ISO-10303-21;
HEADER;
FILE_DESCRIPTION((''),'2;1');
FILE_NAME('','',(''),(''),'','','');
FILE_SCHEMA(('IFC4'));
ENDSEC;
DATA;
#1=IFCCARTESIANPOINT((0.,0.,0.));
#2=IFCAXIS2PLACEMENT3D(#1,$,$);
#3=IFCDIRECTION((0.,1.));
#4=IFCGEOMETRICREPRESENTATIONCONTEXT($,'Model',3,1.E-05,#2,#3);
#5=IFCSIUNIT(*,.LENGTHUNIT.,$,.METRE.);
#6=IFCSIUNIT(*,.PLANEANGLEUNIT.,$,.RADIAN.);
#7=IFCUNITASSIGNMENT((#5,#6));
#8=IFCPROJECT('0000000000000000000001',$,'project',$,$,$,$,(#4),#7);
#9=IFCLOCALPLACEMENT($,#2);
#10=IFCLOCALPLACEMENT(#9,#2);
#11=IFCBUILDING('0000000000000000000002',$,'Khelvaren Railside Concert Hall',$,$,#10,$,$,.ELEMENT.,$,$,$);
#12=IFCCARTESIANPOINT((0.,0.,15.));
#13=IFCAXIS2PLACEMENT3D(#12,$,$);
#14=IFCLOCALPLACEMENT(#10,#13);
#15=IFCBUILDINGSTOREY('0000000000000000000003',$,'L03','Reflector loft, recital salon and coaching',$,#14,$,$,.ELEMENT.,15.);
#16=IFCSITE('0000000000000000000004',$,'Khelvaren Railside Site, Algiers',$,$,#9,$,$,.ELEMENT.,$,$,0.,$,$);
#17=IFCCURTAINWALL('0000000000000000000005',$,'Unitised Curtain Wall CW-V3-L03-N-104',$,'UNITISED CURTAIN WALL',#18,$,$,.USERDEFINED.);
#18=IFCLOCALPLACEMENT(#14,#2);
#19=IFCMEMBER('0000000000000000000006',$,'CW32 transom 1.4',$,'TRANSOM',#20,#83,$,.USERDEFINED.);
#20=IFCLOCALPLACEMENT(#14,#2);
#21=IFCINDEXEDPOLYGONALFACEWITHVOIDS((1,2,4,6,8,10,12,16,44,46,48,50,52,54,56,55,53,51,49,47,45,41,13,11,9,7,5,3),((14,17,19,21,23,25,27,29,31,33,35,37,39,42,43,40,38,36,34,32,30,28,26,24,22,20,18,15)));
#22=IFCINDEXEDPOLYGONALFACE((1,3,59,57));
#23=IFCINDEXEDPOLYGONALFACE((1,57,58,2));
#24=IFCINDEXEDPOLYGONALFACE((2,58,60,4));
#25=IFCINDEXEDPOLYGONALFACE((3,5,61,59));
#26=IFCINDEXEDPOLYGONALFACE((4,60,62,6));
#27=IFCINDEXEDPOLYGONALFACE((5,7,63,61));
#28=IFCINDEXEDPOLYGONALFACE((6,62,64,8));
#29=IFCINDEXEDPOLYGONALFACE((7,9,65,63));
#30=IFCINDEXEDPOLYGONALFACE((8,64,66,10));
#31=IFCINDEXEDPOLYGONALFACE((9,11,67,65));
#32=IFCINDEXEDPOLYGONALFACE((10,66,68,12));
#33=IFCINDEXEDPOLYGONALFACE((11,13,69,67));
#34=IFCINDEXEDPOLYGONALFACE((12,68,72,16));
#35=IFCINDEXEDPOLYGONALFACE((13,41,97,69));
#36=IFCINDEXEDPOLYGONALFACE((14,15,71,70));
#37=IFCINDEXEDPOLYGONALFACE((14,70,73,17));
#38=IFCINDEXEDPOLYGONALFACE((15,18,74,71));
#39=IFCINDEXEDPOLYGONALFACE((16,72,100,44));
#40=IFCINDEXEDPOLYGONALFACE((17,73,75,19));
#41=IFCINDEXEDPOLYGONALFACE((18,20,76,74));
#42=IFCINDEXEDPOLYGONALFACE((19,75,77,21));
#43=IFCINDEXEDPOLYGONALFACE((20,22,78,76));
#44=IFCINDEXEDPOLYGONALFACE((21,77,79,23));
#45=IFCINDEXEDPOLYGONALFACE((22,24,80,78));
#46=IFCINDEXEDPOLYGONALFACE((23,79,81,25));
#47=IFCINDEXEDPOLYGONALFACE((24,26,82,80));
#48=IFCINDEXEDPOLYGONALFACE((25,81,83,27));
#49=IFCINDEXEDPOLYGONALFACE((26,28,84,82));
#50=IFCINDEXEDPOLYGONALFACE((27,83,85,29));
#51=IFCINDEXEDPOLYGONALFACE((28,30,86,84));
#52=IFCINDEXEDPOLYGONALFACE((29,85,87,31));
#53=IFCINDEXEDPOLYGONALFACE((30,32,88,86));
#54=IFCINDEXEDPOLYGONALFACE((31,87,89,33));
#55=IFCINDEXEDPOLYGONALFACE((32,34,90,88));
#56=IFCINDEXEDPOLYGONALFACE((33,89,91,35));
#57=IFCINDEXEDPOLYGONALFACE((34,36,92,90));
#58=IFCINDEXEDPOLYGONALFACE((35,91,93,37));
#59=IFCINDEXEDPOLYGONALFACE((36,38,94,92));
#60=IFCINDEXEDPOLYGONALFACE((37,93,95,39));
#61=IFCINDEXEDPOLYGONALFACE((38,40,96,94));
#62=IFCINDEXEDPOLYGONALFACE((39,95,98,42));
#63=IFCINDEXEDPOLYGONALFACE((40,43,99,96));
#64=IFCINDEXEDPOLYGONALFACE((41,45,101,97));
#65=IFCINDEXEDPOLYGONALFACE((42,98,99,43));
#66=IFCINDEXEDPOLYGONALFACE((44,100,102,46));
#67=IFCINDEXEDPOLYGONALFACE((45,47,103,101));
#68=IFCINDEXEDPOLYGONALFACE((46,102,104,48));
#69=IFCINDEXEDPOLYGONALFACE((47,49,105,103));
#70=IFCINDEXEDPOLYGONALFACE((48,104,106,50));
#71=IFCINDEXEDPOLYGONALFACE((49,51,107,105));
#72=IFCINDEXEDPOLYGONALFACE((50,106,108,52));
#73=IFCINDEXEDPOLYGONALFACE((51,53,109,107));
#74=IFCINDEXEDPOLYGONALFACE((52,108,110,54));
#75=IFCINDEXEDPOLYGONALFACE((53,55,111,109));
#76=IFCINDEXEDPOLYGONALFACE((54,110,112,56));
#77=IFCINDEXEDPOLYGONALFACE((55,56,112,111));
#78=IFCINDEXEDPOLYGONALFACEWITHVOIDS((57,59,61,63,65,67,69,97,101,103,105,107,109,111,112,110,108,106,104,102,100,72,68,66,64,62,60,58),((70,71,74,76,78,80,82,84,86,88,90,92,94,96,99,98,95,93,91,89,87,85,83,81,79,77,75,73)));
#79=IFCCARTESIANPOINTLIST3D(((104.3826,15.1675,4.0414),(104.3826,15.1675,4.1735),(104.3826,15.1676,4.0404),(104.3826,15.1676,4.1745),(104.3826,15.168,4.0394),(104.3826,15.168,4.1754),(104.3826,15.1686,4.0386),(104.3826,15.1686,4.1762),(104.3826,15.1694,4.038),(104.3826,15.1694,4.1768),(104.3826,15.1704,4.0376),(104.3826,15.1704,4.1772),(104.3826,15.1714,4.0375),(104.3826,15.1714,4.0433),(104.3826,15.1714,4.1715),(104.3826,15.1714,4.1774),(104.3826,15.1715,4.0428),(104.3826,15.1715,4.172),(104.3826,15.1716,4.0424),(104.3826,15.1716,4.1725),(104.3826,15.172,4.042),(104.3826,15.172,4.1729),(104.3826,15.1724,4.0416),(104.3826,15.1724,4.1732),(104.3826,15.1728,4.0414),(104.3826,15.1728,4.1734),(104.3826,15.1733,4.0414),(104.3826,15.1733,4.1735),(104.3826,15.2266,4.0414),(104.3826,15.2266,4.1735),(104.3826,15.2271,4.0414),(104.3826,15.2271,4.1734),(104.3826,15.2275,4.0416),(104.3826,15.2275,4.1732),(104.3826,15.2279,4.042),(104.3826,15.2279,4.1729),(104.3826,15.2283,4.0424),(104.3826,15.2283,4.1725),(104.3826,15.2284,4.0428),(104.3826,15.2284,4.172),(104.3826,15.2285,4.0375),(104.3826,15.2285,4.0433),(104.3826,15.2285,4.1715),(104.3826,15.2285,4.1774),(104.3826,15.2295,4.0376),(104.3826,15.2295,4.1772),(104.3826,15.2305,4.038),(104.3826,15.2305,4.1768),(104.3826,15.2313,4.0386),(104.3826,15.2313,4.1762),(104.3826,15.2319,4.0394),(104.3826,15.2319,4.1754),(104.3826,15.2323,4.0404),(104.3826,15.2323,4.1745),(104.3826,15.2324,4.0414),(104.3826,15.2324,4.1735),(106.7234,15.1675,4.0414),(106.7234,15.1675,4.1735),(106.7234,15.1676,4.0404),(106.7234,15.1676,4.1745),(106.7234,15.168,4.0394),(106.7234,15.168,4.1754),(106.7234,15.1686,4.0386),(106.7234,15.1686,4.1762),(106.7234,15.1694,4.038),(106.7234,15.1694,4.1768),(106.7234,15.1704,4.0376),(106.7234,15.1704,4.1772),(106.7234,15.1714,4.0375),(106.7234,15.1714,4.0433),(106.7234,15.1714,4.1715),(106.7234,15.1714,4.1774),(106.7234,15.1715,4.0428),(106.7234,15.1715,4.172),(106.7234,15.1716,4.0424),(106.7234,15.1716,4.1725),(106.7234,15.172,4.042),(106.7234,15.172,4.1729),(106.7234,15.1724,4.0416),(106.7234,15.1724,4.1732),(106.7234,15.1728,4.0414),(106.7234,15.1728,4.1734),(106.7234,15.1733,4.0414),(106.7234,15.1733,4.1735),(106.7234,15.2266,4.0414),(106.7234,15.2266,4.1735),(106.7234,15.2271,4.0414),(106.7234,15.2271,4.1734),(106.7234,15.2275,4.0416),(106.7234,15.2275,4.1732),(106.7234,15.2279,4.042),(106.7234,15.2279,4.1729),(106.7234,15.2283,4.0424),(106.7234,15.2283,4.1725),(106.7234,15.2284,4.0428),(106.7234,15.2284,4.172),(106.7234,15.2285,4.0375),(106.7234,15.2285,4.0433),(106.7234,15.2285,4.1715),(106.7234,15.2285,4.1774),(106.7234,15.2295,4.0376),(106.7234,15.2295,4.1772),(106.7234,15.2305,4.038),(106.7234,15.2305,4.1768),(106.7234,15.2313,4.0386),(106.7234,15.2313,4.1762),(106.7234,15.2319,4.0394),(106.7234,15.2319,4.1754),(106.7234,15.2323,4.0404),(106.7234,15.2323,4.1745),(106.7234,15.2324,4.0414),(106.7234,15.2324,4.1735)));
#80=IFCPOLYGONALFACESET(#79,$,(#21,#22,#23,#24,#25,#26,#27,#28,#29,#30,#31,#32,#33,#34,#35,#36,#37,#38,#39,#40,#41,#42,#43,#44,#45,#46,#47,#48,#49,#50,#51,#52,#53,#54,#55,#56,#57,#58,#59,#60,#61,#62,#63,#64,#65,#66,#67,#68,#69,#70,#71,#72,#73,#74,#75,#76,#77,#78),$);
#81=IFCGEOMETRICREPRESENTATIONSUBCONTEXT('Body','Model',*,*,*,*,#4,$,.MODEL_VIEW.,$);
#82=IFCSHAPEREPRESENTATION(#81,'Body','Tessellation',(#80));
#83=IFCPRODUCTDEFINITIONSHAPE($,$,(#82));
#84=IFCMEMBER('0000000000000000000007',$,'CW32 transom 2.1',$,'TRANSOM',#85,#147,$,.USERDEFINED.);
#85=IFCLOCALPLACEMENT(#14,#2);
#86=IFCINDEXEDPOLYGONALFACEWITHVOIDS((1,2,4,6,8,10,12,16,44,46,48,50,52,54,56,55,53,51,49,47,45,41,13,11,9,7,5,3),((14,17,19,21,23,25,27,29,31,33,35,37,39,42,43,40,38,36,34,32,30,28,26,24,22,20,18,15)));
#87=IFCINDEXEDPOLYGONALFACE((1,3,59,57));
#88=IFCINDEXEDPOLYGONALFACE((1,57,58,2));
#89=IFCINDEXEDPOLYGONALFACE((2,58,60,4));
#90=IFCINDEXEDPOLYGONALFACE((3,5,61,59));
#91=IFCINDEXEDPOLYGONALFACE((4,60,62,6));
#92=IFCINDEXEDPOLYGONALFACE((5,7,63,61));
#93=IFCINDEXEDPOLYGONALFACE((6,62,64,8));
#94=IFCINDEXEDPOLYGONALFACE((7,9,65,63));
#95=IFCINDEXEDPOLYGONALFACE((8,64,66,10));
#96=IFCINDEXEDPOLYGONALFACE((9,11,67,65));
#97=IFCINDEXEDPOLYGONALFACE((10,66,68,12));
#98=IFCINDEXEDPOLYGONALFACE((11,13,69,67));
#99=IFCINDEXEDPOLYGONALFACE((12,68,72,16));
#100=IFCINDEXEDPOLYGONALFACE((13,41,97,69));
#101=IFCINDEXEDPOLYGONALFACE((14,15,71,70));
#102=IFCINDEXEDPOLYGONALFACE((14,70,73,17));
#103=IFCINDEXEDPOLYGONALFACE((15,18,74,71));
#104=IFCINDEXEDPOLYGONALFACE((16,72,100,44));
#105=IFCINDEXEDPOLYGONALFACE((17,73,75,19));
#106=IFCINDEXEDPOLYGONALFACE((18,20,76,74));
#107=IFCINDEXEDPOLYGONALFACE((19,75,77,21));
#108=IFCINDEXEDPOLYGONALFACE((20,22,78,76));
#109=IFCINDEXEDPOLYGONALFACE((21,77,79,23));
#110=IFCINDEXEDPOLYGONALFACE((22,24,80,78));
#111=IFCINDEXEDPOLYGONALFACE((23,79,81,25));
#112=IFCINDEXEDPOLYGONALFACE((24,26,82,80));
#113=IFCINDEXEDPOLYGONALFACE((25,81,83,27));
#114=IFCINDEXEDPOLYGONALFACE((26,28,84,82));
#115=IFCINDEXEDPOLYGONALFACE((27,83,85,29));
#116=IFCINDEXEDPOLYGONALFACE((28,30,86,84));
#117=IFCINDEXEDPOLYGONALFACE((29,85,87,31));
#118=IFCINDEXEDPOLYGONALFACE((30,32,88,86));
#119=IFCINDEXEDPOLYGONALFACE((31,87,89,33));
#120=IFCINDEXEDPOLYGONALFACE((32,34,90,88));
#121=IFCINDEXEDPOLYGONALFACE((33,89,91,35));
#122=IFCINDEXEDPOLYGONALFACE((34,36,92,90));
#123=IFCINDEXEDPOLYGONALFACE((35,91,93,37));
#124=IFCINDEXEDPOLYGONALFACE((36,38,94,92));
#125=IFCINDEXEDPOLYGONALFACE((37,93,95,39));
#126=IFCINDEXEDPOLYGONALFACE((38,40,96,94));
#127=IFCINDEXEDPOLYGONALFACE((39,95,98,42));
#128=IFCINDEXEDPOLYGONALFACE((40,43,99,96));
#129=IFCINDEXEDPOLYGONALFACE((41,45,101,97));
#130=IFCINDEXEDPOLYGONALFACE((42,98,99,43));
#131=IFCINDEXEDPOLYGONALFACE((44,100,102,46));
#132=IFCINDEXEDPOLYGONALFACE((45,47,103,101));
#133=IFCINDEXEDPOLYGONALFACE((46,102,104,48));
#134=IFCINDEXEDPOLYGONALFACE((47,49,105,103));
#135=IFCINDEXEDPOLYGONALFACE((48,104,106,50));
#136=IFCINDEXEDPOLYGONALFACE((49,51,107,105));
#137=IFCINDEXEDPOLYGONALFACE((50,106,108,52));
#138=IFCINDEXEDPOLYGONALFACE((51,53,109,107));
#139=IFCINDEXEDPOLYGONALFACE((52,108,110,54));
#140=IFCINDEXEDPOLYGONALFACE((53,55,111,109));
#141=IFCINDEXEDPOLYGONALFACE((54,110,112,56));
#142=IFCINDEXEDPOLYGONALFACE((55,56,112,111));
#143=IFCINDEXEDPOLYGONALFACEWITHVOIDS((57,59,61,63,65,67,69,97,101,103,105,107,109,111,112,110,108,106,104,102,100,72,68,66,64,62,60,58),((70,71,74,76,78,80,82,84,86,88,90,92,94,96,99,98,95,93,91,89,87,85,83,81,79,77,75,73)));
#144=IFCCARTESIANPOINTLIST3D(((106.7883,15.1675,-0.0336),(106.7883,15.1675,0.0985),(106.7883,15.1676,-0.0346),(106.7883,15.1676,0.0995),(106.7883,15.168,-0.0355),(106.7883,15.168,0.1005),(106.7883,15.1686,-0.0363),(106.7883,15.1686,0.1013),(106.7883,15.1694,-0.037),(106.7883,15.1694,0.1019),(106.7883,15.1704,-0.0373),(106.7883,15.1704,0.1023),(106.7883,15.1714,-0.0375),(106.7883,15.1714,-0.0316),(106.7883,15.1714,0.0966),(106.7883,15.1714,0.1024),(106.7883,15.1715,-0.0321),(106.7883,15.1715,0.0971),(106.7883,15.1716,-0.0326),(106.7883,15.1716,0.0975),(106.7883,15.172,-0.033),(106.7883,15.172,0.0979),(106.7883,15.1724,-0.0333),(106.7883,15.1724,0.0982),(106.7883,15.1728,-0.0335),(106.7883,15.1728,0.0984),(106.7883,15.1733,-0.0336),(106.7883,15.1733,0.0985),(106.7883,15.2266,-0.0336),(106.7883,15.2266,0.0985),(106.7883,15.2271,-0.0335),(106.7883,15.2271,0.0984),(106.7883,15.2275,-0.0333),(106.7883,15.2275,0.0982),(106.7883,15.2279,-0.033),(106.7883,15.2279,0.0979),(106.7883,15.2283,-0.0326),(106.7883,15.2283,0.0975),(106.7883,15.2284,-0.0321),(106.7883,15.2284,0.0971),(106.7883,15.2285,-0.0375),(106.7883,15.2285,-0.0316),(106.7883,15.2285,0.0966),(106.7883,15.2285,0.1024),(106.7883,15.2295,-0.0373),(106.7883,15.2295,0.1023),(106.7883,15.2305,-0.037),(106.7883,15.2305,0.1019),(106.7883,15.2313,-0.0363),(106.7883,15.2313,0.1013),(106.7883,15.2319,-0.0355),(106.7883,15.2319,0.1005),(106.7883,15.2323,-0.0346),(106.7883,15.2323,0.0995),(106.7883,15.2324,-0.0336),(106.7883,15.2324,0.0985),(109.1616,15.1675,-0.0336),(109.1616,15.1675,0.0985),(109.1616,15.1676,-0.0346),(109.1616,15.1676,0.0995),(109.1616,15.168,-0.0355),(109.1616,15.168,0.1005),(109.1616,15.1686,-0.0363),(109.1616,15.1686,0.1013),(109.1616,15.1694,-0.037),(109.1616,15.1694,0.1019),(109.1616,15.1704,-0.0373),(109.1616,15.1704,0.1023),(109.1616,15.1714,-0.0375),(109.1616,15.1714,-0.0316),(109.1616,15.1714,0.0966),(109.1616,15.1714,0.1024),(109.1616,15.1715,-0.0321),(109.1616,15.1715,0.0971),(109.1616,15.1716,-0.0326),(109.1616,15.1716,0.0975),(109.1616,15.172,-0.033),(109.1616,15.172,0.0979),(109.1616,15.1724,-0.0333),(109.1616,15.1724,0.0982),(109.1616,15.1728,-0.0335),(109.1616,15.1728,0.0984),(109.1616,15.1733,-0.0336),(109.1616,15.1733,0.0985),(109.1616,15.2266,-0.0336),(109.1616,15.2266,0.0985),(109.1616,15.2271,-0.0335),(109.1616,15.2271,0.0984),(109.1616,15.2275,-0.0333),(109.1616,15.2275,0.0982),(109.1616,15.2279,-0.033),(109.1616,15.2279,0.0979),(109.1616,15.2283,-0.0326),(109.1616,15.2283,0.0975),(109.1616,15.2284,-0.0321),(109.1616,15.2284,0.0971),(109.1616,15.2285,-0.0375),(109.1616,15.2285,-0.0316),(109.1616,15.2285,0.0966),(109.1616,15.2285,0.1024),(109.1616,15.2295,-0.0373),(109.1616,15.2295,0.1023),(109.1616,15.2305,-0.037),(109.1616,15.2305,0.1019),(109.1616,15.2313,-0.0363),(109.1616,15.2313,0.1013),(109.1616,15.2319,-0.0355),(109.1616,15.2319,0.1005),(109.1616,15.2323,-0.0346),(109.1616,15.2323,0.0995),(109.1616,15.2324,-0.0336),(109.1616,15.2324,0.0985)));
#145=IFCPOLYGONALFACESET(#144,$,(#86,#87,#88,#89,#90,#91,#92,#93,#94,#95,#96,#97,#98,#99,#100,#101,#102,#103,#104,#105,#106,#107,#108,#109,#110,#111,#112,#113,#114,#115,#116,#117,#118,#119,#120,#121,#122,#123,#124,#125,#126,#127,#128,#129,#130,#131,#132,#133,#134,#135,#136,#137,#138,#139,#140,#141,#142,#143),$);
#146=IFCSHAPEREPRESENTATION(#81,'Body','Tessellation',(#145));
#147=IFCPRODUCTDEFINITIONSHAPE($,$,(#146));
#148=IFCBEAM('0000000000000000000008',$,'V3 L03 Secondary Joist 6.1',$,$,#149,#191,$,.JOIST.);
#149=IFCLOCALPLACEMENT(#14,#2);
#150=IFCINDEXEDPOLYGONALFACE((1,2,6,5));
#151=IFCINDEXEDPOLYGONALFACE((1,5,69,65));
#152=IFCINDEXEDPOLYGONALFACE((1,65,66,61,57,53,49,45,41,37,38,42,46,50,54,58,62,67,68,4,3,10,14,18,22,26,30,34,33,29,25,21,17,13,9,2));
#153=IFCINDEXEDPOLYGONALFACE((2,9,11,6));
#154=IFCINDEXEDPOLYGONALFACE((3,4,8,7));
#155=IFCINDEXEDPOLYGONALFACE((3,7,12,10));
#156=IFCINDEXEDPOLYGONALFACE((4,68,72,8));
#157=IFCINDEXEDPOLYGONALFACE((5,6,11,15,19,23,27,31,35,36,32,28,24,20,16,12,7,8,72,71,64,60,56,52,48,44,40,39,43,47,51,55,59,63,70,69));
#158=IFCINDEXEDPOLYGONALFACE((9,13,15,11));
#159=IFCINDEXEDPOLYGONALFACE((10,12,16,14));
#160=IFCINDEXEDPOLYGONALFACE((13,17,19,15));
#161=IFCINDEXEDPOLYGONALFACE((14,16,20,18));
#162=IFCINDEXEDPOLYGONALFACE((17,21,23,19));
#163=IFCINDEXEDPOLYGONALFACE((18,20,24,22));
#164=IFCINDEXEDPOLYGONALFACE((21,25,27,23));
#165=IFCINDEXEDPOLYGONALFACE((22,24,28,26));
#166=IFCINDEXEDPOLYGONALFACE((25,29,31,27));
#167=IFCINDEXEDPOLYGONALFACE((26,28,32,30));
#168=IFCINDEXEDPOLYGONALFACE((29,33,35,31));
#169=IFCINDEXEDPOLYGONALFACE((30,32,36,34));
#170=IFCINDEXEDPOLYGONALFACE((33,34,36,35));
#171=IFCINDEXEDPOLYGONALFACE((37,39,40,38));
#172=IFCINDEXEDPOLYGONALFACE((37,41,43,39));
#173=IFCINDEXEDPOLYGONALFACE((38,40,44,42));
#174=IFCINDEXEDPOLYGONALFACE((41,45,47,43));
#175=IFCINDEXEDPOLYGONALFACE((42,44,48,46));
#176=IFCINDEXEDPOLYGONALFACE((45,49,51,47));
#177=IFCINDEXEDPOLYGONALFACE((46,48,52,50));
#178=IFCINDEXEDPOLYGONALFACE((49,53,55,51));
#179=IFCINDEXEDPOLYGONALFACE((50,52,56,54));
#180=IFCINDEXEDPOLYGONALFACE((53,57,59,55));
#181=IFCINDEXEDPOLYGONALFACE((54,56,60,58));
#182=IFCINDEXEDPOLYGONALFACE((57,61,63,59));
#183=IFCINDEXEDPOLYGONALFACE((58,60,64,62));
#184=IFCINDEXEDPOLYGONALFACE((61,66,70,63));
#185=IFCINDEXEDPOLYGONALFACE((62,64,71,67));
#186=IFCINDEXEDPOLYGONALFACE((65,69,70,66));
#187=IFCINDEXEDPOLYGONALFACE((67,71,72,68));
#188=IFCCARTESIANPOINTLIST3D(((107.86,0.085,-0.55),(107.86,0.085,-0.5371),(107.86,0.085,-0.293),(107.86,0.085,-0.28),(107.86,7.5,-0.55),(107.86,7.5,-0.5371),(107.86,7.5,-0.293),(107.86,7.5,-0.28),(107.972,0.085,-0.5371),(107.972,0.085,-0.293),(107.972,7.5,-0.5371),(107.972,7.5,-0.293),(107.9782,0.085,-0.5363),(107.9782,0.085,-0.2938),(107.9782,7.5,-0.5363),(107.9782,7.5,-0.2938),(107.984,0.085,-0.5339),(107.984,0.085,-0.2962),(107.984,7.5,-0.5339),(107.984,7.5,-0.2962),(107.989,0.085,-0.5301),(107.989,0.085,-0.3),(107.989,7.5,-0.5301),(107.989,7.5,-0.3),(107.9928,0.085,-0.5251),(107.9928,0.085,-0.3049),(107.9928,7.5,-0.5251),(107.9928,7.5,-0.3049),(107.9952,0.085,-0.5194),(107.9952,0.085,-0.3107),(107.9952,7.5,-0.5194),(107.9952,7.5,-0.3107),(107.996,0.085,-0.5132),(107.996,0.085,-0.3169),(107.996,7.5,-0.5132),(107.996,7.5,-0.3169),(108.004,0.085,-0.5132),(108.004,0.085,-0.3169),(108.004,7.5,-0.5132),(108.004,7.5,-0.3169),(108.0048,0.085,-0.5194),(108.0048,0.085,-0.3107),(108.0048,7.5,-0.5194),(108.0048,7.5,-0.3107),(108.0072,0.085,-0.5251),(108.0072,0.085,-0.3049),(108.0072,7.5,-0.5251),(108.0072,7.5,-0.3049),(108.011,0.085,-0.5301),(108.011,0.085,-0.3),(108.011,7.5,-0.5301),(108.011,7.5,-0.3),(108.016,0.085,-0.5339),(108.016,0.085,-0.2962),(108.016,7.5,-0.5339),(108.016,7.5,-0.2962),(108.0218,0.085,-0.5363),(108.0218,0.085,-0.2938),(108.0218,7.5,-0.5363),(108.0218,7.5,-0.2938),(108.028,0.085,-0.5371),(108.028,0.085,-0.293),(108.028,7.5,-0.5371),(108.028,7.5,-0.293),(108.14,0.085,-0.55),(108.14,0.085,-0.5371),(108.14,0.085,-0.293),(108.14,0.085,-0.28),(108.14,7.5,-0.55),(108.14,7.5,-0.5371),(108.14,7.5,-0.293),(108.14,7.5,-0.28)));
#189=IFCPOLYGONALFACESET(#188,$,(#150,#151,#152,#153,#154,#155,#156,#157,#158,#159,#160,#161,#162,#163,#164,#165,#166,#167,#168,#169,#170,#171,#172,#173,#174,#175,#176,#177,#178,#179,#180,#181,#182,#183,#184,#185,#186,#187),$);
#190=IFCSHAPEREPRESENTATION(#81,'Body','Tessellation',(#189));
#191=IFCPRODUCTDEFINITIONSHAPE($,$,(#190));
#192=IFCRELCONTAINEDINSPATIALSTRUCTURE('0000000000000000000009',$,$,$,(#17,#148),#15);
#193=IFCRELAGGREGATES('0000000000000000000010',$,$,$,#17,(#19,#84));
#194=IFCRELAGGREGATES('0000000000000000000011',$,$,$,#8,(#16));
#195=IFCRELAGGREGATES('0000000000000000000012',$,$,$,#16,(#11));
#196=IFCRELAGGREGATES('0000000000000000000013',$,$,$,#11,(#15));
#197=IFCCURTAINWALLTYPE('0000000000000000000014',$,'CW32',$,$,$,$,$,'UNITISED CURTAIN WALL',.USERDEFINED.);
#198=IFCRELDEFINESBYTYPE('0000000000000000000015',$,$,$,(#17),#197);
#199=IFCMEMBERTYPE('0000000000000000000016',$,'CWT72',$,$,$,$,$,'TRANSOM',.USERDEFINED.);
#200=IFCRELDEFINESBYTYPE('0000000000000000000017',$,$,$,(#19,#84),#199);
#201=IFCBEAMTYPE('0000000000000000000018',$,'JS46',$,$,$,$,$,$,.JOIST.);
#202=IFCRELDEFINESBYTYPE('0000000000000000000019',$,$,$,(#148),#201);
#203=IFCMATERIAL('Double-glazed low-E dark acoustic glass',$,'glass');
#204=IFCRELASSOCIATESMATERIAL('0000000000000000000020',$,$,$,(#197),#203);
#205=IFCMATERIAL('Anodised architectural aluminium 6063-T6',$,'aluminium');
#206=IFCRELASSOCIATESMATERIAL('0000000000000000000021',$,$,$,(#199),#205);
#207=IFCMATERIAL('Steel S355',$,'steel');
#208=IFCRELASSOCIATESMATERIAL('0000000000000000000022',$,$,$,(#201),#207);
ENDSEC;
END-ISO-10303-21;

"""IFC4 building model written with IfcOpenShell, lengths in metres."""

from ifc_helpers import new_model, si_unit, direction, frame, origin, origin_2d, place, context, subcontext, project, spatial, hollow_rectangle, i_section, extrude, material, material_profile, profile_set, type_object, element, aggregate, save


model = new_model("IFC4")

# Units and contexts
model_context = context("Model", 3, precision=1e-05, world=origin(), true_north=direction((0.0, 1.0)))
body_context = subcontext(model_context, "Body", "Model", "MODEL_VIEW")
ifc_project = project(units=[si_unit("LENGTHUNIT", "METRE"), si_unit("PLANEANGLEUNIT", "RADIAN")], contexts=[model_context])

# Site, building, storey
site_placement = place(None, origin())
site = spatial("IfcSite", under=ifc_project, at=site_placement, Name="Khelvaren Railside Site, Algiers", CompositionType="ELEMENT", RefElevation=0.0)
building_placement = place(site_placement, origin())
building = spatial("IfcBuilding", under=site, at=building_placement, Name="Khelvaren Railside Concert Hall", CompositionType="ELEMENT")
storey_placement = place(building_placement, frame((0.0, 0.0, 15.0)))
storey = spatial("IfcBuildingStorey", under=building, at=storey_placement, Name="L03", Description="Reflector loft, recital salon and coaching", CompositionType="ELEMENT", Elevation=15.0)

# Shared definitions
ifc_material_1 = material(Name="Steel S355", Category="steel")

# Curtain wall
ifc_material_2 = material(Name="Double-glazed low-E dark acoustic glass", Category="glass")
ifc_material_3 = material(Name="Anodised architectural aluminium 6063-T6", Category="aluminium")
curtain_wall_type_1 = type_object("IfcCurtainWallType", Name="CW32", ElementType="UNITISED CURTAIN WALL", PredefinedType="USERDEFINED", material=ifc_material_2)
curtain_wall_1_placement = place(storey_placement, origin())
curtain_wall_1 = element("IfcCurtainWall", 1, at=curtain_wall_1_placement, inside=storey, type_object=curtain_wall_type_1, Name="Unitised Curtain Wall CW-V3-L03-N-104", ObjectType="UNITISED CURTAIN WALL", PredefinedType="USERDEFINED")

# Members
ifc_material_profile_1 = material_profile(ifc_material_3, hollow_rectangle(XDim=0.0649, YDim=0.1399, WallThickness=0.0039, InnerFilletRadius=0.002, OuterFilletRadius=0.0039, at=origin_2d()), Name="CWT 65x140x4")
ifc_profile_set_1 = profile_set([ifc_material_profile_1], Name="Anodised architectural aluminium 6063-T6")
member_type_1 = type_object("IfcMemberType", Name="CWT72", ElementType="TRANSOM", PredefinedType="USERDEFINED", material=ifc_profile_set_1)
member_1_placement = place(storey_placement, frame((104.3826, 15.2, 4.1074), z_axis=(1.0, 0.0, 0.0), x_axis=(0.0, 1.0, 0.0)))
member_1 = element("IfcMember", 2, at=member_1_placement, type_object=member_type_1, Name="CW32 transom 1.4", ObjectType="TRANSOM", PredefinedType="USERDEFINED", context=body_context, shape_type="SweptSolid", body=[
    extrude(hollow_rectangle(XDim=0.0649, YDim=0.1399, WallThickness=0.0039, InnerFilletRadius=0.002, OuterFilletRadius=0.0039, at=origin_2d()), origin(), (0.0, 0.0, 1.0), 2.3408),
])
member_2_placement = place(storey_placement, frame((106.7883, 15.2, 0.0325), z_axis=(1.0, 0.0, 0.0), x_axis=(0.0, 1.0, 0.0)))
member_2 = element("IfcMember", 3, at=member_2_placement, type_object=member_type_1, Name="CW32 transom 2.1", ObjectType="TRANSOM", PredefinedType="USERDEFINED", context=body_context, shape_type="SweptSolid", body=[
    extrude(hollow_rectangle(XDim=0.0649, YDim=0.1399, WallThickness=0.0039, InnerFilletRadius=0.002, OuterFilletRadius=0.0039, at=origin_2d()), origin(), (0.0, 0.0, 1.0), 2.3733),
])

# Beam
ifc_material_profile_2 = material_profile(ifc_material_1, i_section(OverallWidth=0.28, OverallDepth=0.27, WebThickness=0.0081, FlangeThickness=0.0129, FilletRadius=0.0239, at=origin_2d()), Name="HEA 280")
ifc_profile_set_2 = profile_set([ifc_material_profile_2], Name="Steel S355")
beam_type_1 = type_object("IfcBeamType", Name="JS46", PredefinedType="JOIST", material=ifc_profile_set_2)
beam_1_placement = place(storey_placement, frame((108.0, 0.085, -0.415), z_axis=(0.0, 1.0, 0.0), x_axis=(-1.0, 0.0, 0.0)))
element("IfcBeam", 4, at=beam_1_placement, inside=storey, type_object=beam_type_1, Name="V3 L03 Secondary Joist 6.1", PredefinedType="JOIST", context=body_context, shape_type="SweptSolid", body=[
    extrude(i_section(OverallWidth=0.28, OverallDepth=0.27, WebThickness=0.0081, FlangeThickness=0.0129, FilletRadius=0.0239, at=origin_2d()), origin(), (0.0, 0.0, 1.0), 7.415),
])

aggregate(curtain_wall_1, [member_1, member_2])

save(model, "model.ifc")
